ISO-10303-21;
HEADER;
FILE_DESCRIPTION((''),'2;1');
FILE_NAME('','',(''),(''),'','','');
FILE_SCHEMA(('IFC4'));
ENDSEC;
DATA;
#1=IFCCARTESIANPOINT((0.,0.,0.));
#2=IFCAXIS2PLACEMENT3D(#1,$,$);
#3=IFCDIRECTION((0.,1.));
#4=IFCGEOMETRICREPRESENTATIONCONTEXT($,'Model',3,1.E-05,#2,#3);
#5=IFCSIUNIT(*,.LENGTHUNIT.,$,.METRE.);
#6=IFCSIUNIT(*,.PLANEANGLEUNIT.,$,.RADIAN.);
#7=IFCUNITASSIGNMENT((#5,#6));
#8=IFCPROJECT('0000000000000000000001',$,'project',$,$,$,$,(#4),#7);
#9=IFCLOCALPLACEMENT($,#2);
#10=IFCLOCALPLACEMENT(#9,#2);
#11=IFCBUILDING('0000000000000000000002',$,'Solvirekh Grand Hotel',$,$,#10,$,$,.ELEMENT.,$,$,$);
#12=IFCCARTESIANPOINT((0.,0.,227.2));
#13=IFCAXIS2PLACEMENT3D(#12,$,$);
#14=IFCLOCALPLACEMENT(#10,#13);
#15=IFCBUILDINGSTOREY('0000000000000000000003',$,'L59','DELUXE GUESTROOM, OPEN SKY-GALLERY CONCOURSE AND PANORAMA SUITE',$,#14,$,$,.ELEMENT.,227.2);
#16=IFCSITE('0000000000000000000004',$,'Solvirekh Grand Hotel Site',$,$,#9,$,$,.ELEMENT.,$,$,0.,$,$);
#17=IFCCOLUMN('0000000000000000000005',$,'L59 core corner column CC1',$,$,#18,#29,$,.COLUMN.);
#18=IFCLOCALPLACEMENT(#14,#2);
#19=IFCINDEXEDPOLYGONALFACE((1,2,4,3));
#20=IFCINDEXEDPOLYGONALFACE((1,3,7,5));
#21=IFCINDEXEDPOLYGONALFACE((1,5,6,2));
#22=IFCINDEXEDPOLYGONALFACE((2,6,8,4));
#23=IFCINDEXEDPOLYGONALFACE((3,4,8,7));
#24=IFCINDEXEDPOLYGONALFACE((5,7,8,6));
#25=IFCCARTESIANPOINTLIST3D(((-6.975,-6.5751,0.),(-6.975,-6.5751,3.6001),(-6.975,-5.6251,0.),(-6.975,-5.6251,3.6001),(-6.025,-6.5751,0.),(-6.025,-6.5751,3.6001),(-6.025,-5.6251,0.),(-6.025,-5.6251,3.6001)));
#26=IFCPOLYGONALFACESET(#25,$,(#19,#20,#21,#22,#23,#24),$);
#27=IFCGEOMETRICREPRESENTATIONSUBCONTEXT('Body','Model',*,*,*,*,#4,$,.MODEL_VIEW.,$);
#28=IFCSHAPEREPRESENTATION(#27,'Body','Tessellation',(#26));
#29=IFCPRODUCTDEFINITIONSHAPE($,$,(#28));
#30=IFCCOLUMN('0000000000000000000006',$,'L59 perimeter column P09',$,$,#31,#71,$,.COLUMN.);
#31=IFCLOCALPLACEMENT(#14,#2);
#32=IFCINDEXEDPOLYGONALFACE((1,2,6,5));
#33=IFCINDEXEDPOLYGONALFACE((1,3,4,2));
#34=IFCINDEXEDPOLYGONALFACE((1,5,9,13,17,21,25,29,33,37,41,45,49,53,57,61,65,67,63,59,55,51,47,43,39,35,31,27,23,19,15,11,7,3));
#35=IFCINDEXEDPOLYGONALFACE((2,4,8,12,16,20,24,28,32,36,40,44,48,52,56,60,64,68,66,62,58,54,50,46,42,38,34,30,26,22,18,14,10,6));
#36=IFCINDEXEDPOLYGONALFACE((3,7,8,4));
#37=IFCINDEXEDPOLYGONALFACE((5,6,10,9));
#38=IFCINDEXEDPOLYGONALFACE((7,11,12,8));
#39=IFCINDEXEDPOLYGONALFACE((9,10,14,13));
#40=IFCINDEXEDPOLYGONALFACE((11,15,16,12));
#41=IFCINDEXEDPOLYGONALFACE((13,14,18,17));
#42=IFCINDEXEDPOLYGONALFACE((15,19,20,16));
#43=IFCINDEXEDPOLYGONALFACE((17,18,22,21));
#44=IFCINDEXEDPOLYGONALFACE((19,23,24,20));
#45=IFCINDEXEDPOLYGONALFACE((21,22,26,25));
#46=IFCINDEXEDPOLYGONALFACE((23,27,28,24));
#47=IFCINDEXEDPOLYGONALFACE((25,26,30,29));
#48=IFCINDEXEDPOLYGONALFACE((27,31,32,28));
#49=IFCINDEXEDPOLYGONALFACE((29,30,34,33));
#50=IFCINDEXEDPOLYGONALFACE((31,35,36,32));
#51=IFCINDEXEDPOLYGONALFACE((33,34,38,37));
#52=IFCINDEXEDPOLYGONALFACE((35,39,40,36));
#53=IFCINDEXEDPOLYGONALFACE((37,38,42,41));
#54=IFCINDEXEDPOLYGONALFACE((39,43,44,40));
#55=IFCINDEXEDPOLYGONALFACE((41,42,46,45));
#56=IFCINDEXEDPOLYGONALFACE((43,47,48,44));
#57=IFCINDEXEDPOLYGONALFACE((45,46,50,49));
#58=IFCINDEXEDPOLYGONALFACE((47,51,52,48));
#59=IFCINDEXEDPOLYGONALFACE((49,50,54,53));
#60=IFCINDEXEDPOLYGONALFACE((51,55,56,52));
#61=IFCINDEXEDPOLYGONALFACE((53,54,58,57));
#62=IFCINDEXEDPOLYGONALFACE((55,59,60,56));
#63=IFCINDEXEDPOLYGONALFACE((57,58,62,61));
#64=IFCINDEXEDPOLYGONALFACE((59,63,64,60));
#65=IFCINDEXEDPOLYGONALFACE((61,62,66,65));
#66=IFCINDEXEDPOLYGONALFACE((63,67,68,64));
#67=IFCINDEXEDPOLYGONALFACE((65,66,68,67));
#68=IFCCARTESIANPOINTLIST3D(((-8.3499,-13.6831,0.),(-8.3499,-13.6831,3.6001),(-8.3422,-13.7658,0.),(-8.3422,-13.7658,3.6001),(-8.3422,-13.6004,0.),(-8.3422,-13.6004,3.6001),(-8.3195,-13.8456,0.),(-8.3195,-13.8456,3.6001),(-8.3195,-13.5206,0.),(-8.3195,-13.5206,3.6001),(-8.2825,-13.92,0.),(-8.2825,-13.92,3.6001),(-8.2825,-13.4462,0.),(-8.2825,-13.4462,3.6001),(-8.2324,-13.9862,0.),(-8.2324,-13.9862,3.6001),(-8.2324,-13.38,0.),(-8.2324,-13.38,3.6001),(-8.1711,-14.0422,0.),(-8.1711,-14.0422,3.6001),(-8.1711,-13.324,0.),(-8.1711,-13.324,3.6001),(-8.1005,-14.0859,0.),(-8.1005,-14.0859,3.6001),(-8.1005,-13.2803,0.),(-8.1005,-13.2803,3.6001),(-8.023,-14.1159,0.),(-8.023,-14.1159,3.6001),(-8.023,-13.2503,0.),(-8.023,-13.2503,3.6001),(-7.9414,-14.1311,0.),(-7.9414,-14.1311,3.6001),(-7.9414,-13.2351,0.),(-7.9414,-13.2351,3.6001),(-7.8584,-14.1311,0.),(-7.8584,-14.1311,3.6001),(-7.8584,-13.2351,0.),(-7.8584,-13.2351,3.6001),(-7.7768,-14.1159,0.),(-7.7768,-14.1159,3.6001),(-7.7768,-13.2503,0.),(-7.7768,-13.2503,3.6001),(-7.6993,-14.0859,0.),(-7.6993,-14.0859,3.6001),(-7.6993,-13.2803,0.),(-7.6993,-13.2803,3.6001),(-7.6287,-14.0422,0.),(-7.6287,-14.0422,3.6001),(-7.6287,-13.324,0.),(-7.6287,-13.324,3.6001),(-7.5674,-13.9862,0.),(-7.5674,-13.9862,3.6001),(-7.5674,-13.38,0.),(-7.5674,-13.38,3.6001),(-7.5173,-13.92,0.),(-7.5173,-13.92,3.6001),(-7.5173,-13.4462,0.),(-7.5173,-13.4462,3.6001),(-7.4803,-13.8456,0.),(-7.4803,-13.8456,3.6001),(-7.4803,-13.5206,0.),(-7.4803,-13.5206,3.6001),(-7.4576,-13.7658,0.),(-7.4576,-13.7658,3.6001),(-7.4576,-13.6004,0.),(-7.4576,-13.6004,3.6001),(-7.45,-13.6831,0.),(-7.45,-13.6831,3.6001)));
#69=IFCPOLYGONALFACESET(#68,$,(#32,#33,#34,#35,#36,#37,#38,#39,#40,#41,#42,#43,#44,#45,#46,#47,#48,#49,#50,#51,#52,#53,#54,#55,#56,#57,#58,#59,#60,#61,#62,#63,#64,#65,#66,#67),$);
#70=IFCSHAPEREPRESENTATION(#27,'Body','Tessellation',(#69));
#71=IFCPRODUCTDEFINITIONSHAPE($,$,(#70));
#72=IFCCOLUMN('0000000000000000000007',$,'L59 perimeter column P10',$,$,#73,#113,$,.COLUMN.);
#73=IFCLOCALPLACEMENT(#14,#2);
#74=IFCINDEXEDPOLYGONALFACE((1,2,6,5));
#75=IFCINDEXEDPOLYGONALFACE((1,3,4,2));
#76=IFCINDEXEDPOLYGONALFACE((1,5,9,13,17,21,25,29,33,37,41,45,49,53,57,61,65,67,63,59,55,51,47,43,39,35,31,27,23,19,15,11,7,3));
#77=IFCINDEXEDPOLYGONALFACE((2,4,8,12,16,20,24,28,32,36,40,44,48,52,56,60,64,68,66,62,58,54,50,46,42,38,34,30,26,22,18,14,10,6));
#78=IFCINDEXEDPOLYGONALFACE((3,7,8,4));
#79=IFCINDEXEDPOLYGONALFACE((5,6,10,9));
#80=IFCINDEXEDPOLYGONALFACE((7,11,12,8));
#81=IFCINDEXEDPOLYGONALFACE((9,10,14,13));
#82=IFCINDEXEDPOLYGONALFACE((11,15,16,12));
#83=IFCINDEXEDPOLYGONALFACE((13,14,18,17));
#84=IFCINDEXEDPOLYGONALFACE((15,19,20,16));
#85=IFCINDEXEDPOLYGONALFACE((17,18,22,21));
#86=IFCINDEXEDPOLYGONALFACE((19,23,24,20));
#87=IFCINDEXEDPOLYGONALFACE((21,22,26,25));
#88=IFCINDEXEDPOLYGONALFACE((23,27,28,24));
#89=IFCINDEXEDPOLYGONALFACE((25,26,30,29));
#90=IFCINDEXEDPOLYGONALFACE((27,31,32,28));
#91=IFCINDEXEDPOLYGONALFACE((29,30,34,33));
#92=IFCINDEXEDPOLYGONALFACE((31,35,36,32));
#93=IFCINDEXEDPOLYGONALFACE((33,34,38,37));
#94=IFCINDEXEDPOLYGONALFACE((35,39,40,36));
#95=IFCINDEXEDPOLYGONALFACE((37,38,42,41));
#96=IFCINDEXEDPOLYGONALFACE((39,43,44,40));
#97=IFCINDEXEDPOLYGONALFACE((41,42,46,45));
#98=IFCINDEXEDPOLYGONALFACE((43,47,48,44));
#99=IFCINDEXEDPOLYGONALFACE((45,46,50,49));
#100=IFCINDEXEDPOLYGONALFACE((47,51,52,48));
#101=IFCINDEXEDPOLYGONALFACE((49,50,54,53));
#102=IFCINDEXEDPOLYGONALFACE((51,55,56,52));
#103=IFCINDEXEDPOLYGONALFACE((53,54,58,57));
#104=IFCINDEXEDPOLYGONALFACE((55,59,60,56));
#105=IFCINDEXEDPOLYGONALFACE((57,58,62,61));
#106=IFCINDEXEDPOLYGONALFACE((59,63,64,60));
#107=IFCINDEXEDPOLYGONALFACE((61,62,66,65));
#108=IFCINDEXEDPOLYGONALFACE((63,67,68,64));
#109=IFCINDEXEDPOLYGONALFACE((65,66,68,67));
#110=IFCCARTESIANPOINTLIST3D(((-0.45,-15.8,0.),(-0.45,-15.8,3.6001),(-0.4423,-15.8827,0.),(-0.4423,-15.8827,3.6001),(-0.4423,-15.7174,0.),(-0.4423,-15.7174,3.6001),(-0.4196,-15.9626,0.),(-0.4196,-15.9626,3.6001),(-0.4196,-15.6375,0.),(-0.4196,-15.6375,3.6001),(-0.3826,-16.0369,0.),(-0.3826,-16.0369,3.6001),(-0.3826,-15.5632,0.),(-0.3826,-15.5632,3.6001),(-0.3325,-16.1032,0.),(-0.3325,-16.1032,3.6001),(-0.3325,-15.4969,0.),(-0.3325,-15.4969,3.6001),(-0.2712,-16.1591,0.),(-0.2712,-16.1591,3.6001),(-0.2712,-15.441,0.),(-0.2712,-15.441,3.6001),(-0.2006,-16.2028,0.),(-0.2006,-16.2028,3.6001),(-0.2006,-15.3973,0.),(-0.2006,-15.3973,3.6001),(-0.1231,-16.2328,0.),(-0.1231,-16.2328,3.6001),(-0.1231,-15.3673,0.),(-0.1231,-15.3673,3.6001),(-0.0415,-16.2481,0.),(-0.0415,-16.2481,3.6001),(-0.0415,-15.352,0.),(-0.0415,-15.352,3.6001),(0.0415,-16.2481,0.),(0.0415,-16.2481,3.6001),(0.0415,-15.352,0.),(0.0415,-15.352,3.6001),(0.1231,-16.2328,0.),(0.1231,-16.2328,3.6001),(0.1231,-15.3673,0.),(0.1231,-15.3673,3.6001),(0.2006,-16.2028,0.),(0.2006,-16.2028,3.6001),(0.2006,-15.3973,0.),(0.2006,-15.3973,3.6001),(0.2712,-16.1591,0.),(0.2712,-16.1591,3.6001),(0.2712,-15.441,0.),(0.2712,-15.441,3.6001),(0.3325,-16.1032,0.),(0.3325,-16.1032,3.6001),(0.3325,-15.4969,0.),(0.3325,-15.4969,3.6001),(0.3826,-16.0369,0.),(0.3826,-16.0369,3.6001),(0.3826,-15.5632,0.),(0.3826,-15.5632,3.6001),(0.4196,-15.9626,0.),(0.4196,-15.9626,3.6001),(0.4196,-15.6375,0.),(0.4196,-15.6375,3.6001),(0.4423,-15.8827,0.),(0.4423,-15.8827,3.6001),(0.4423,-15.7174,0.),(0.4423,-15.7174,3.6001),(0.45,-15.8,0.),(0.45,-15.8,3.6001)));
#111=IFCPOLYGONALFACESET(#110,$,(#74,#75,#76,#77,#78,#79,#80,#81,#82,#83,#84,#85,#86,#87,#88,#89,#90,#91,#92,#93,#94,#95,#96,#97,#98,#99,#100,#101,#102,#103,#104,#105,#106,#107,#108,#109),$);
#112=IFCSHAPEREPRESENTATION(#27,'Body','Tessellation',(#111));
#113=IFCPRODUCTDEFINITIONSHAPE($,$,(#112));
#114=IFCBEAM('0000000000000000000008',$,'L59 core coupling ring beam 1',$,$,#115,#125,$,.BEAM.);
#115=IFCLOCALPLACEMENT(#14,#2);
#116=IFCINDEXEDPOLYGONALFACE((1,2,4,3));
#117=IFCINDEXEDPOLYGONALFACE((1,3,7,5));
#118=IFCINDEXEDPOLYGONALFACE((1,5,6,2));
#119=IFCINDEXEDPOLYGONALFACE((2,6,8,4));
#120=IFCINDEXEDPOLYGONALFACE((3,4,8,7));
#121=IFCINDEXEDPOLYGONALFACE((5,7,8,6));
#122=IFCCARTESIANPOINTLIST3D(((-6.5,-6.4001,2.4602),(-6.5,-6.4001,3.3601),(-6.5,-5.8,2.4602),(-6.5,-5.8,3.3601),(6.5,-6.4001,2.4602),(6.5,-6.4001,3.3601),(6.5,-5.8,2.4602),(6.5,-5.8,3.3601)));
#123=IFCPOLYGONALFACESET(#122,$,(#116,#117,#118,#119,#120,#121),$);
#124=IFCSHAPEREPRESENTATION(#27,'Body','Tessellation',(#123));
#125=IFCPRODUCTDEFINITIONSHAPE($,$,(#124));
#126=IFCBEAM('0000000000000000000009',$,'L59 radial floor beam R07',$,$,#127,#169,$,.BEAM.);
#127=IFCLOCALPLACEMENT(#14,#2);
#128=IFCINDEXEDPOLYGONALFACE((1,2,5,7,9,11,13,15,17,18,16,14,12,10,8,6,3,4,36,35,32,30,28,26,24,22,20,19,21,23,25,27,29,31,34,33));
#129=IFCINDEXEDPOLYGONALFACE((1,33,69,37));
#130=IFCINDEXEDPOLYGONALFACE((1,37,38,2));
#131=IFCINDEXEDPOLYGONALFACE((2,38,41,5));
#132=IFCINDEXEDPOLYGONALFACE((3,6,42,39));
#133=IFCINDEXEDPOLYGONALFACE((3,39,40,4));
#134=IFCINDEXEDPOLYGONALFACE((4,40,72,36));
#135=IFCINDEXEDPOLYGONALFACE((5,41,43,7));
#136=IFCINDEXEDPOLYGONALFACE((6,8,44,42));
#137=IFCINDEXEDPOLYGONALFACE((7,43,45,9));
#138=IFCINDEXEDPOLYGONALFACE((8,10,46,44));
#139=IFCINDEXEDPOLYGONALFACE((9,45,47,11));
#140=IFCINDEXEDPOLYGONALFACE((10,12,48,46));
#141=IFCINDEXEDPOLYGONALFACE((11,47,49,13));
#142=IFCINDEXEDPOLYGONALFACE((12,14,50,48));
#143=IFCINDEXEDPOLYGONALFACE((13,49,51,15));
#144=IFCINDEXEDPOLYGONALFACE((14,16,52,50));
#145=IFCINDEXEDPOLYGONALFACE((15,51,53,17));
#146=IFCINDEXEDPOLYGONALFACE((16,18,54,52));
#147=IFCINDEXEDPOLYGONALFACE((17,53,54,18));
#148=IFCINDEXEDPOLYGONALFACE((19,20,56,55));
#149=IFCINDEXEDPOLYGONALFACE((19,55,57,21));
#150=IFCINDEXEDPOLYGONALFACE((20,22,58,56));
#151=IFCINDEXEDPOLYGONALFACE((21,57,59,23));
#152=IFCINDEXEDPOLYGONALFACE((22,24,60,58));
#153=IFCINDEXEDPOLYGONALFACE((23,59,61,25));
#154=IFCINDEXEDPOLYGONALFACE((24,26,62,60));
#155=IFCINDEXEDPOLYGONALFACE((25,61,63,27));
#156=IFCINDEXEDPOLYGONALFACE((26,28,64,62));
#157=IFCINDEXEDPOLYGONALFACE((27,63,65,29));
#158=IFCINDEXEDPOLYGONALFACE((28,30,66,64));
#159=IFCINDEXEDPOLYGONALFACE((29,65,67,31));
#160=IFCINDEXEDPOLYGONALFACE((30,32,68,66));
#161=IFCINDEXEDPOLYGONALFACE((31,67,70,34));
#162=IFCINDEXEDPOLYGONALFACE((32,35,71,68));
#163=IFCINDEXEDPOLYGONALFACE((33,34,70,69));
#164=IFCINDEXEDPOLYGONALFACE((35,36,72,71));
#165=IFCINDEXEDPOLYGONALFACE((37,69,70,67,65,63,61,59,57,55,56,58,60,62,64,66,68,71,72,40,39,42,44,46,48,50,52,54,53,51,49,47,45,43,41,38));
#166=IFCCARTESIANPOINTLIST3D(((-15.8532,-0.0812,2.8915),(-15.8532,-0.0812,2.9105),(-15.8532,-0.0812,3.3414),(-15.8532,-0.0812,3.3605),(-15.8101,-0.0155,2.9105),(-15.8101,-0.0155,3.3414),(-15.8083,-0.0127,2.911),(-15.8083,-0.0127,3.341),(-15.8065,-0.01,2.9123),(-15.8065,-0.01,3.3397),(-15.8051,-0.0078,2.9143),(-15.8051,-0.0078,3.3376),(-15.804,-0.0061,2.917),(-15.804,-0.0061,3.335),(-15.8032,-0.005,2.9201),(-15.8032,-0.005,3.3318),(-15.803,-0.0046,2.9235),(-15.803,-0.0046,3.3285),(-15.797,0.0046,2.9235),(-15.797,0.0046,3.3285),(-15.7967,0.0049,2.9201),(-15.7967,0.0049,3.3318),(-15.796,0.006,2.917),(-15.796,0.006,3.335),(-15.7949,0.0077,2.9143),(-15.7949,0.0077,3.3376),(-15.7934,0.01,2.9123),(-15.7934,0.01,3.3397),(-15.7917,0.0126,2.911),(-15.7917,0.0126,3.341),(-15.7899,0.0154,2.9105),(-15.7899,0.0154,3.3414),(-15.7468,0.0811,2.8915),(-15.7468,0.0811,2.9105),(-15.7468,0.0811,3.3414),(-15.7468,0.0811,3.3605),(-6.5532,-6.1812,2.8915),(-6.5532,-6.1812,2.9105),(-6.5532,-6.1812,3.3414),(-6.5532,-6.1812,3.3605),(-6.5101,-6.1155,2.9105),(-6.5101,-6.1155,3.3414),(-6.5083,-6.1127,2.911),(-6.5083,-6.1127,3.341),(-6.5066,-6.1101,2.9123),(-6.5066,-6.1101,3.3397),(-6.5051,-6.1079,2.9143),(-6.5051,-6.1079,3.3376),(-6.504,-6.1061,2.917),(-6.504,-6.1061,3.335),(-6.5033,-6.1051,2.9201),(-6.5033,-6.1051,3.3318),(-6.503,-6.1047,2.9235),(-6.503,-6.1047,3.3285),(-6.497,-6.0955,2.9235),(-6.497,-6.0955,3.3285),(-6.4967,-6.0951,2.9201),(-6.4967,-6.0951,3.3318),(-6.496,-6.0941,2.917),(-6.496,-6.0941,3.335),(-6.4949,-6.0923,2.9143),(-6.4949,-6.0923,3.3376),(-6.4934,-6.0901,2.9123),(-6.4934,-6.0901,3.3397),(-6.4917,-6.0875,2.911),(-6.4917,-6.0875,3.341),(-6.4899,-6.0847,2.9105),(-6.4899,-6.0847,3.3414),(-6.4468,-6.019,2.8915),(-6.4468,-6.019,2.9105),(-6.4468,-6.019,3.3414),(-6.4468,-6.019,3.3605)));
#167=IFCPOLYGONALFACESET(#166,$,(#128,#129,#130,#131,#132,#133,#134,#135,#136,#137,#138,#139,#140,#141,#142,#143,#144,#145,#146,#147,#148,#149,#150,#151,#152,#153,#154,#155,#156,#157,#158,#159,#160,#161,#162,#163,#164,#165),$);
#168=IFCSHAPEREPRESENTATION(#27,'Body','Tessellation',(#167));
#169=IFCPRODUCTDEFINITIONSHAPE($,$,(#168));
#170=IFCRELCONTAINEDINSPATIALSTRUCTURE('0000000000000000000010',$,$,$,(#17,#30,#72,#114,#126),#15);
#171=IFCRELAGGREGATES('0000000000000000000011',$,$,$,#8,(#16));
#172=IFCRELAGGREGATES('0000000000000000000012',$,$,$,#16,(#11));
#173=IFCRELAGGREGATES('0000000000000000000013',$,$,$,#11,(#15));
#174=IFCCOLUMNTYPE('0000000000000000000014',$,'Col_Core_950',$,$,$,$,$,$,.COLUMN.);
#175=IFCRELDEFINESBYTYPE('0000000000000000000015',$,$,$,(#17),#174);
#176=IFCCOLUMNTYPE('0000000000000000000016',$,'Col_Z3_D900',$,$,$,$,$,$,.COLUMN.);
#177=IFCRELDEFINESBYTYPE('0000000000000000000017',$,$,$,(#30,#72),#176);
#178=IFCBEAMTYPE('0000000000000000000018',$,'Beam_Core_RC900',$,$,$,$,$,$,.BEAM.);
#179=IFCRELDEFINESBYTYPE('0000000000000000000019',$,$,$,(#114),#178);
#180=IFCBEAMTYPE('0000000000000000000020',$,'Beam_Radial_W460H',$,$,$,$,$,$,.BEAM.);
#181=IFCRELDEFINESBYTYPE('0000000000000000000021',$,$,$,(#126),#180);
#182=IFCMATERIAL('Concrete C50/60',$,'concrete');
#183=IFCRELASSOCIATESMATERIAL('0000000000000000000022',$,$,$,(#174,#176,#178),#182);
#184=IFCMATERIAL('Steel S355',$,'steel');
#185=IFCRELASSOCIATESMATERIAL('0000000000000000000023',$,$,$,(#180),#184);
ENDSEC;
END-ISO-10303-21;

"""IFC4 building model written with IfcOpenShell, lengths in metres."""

from ifc_helpers import new_model, si_unit, direction, frame, origin, origin_2d, place, context, subcontext, project, spatial, rectangle, circle, i_section, extrude, material, material_profile, profile_set, type_object, element, save


model = new_model("IFC4")

# Units and contexts
model_context = context("Model", 3, precision=1e-05, world=origin(), true_north=direction((0.0, 1.0)))
body_context = subcontext(model_context, "Body", "Model", "MODEL_VIEW")
ifc_project = project(units=[si_unit("LENGTHUNIT", "METRE"), si_unit("PLANEANGLEUNIT", "RADIAN")], contexts=[model_context])

# Site, building, storey
site_placement = place(None, origin())
site = spatial("IfcSite", under=ifc_project, at=site_placement, Name="Solvirekh Grand Hotel Site", CompositionType="ELEMENT", RefElevation=0.0)
building_placement = place(site_placement, origin())
building = spatial("IfcBuilding", under=site, at=building_placement, Name="Solvirekh Grand Hotel", CompositionType="ELEMENT")
storey_placement = place(building_placement, frame((0.0, 0.0, 227.2)))
storey = spatial("IfcBuildingStorey", under=building, at=storey_placement, Name="L59", Description="DELUXE GUESTROOM, OPEN SKY-GALLERY CONCOURSE AND PANORAMA SUITE", CompositionType="ELEMENT", Elevation=227.2)

# Columns
ifc_material_1 = material(Name="Concrete C50/60", Category="concrete")
ifc_material_profile_1 = material_profile(ifc_material_1, rectangle(XDim=0.95, YDim=0.95, at=origin_2d()), Name="RC 950X950")
ifc_profile_set_1 = profile_set([ifc_material_profile_1], Name="Concrete C50/60")
column_type_1 = type_object("IfcColumnType", Name="Col_Core_950", PredefinedType="COLUMN", material=ifc_profile_set_1)
column_placement = place(storey_placement, frame((-6.5, -6.1001, 0.0), z_axis=(0.0, 0.0, 1.0), x_axis=(1.0, 0.0, 0.0)))
element("IfcColumn", 1, at=column_placement, inside=storey, type_object=column_type_1, Name="L59 core corner column CC1", PredefinedType="COLUMN", context=body_context, shape_type="SweptSolid", body=[
    extrude(rectangle(XDim=0.95, YDim=0.95, at=origin_2d()), origin(), (0.0, 0.0, 1.0), 3.6001),
])
ifc_material_profile_2 = material_profile(ifc_material_1, circle(Radius=0.45, at=origin_2d()), Name="RC CIRC D900")
ifc_profile_set_2 = profile_set([ifc_material_profile_2], Name="Concrete C50/60")
column_type_2 = type_object("IfcColumnType", Name="Col_Z3_D900", PredefinedType="COLUMN", material=ifc_profile_set_2)
for number, where, z_axis, x_axis, name in (
    (2, (-7.8999, -13.6831, 0.0), (0.0, 0.0, 1.0), (1.0, 0.0, 0.0), "L59 perimeter column P09"),
    (3, (0.0, -15.8, 0.0), (0.0, 0.0, 1.0), (1.0, 0.0, 0.0), "L59 perimeter column P10"),
):
    element("IfcColumn", number, at=place(storey_placement, frame(where, z_axis=z_axis, x_axis=x_axis)), inside=storey, type_object=column_type_2, Name=name, PredefinedType="COLUMN", context=body_context, shape_type="SweptSolid", body=[
        extrude(circle(Radius=0.45, at=origin_2d()), origin(), (0.0, 0.0, 1.0), 3.6001),
    ])

# Beams
ifc_material_profile_3 = material_profile(ifc_material_1, rectangle(XDim=0.6001, YDim=0.8999, at=origin_2d()), Name="RC BEAM 600X900")
ifc_profile_set_3 = profile_set([ifc_material_profile_3], Name="Concrete C50/60")
beam_type_1 = type_object("IfcBeamType", Name="Beam_Core_RC900", PredefinedType="BEAM", material=ifc_profile_set_3)
beam_1_placement = place(storey_placement, frame((-6.5, -6.1001, 2.9102), z_axis=(1.0, 0.0, 0.0), x_axis=(0.0, 1.0, 0.0)))
element("IfcBeam", 4, at=beam_1_placement, inside=storey, type_object=beam_type_1, Name="L59 core coupling ring beam 1", PredefinedType="BEAM", context=body_context, shape_type="SweptSolid", body=[
    extrude(rectangle(XDim=0.6001, YDim=0.8999, at=origin_2d()), origin(), (0.0, 0.0, 1.0), 13.0),
])
ifc_material_2 = material(Name="Steel S355", Category="steel")
ifc_material_profile_4 = material_profile(ifc_material_2, i_section(OverallWidth=0.1941, OverallDepth=0.469, WebThickness=0.011, FlangeThickness=0.019, FilletRadius=0.0129, at=origin_2d()), Name="W460X106")
ifc_profile_set_4 = profile_set([ifc_material_profile_4], Name="Steel S355")
beam_type_2 = type_object("IfcBeamType", Name="Beam_Radial_W460H", PredefinedType="BEAM", material=ifc_profile_set_4)
beam_2_placement = place(storey_placement, frame((-6.5, -6.1001, 3.126), z_axis=(-0.836174, 0.548464, 0.0), x_axis=(-0.548464, -0.836174, 0.0)))
element("IfcBeam", 5, at=beam_2_placement, inside=storey, type_object=beam_type_2, Name="L59 radial floor beam R07", PredefinedType="BEAM", context=body_context, shape_type="SweptSolid", body=[
    extrude(i_section(OverallWidth=0.1941, OverallDepth=0.469, WebThickness=0.011, FlangeThickness=0.019, FilletRadius=0.0129, at=origin_2d()), origin(), (0.0, 0.0, 1.0), 11.1221),
])

save(model, "model.ifc")
